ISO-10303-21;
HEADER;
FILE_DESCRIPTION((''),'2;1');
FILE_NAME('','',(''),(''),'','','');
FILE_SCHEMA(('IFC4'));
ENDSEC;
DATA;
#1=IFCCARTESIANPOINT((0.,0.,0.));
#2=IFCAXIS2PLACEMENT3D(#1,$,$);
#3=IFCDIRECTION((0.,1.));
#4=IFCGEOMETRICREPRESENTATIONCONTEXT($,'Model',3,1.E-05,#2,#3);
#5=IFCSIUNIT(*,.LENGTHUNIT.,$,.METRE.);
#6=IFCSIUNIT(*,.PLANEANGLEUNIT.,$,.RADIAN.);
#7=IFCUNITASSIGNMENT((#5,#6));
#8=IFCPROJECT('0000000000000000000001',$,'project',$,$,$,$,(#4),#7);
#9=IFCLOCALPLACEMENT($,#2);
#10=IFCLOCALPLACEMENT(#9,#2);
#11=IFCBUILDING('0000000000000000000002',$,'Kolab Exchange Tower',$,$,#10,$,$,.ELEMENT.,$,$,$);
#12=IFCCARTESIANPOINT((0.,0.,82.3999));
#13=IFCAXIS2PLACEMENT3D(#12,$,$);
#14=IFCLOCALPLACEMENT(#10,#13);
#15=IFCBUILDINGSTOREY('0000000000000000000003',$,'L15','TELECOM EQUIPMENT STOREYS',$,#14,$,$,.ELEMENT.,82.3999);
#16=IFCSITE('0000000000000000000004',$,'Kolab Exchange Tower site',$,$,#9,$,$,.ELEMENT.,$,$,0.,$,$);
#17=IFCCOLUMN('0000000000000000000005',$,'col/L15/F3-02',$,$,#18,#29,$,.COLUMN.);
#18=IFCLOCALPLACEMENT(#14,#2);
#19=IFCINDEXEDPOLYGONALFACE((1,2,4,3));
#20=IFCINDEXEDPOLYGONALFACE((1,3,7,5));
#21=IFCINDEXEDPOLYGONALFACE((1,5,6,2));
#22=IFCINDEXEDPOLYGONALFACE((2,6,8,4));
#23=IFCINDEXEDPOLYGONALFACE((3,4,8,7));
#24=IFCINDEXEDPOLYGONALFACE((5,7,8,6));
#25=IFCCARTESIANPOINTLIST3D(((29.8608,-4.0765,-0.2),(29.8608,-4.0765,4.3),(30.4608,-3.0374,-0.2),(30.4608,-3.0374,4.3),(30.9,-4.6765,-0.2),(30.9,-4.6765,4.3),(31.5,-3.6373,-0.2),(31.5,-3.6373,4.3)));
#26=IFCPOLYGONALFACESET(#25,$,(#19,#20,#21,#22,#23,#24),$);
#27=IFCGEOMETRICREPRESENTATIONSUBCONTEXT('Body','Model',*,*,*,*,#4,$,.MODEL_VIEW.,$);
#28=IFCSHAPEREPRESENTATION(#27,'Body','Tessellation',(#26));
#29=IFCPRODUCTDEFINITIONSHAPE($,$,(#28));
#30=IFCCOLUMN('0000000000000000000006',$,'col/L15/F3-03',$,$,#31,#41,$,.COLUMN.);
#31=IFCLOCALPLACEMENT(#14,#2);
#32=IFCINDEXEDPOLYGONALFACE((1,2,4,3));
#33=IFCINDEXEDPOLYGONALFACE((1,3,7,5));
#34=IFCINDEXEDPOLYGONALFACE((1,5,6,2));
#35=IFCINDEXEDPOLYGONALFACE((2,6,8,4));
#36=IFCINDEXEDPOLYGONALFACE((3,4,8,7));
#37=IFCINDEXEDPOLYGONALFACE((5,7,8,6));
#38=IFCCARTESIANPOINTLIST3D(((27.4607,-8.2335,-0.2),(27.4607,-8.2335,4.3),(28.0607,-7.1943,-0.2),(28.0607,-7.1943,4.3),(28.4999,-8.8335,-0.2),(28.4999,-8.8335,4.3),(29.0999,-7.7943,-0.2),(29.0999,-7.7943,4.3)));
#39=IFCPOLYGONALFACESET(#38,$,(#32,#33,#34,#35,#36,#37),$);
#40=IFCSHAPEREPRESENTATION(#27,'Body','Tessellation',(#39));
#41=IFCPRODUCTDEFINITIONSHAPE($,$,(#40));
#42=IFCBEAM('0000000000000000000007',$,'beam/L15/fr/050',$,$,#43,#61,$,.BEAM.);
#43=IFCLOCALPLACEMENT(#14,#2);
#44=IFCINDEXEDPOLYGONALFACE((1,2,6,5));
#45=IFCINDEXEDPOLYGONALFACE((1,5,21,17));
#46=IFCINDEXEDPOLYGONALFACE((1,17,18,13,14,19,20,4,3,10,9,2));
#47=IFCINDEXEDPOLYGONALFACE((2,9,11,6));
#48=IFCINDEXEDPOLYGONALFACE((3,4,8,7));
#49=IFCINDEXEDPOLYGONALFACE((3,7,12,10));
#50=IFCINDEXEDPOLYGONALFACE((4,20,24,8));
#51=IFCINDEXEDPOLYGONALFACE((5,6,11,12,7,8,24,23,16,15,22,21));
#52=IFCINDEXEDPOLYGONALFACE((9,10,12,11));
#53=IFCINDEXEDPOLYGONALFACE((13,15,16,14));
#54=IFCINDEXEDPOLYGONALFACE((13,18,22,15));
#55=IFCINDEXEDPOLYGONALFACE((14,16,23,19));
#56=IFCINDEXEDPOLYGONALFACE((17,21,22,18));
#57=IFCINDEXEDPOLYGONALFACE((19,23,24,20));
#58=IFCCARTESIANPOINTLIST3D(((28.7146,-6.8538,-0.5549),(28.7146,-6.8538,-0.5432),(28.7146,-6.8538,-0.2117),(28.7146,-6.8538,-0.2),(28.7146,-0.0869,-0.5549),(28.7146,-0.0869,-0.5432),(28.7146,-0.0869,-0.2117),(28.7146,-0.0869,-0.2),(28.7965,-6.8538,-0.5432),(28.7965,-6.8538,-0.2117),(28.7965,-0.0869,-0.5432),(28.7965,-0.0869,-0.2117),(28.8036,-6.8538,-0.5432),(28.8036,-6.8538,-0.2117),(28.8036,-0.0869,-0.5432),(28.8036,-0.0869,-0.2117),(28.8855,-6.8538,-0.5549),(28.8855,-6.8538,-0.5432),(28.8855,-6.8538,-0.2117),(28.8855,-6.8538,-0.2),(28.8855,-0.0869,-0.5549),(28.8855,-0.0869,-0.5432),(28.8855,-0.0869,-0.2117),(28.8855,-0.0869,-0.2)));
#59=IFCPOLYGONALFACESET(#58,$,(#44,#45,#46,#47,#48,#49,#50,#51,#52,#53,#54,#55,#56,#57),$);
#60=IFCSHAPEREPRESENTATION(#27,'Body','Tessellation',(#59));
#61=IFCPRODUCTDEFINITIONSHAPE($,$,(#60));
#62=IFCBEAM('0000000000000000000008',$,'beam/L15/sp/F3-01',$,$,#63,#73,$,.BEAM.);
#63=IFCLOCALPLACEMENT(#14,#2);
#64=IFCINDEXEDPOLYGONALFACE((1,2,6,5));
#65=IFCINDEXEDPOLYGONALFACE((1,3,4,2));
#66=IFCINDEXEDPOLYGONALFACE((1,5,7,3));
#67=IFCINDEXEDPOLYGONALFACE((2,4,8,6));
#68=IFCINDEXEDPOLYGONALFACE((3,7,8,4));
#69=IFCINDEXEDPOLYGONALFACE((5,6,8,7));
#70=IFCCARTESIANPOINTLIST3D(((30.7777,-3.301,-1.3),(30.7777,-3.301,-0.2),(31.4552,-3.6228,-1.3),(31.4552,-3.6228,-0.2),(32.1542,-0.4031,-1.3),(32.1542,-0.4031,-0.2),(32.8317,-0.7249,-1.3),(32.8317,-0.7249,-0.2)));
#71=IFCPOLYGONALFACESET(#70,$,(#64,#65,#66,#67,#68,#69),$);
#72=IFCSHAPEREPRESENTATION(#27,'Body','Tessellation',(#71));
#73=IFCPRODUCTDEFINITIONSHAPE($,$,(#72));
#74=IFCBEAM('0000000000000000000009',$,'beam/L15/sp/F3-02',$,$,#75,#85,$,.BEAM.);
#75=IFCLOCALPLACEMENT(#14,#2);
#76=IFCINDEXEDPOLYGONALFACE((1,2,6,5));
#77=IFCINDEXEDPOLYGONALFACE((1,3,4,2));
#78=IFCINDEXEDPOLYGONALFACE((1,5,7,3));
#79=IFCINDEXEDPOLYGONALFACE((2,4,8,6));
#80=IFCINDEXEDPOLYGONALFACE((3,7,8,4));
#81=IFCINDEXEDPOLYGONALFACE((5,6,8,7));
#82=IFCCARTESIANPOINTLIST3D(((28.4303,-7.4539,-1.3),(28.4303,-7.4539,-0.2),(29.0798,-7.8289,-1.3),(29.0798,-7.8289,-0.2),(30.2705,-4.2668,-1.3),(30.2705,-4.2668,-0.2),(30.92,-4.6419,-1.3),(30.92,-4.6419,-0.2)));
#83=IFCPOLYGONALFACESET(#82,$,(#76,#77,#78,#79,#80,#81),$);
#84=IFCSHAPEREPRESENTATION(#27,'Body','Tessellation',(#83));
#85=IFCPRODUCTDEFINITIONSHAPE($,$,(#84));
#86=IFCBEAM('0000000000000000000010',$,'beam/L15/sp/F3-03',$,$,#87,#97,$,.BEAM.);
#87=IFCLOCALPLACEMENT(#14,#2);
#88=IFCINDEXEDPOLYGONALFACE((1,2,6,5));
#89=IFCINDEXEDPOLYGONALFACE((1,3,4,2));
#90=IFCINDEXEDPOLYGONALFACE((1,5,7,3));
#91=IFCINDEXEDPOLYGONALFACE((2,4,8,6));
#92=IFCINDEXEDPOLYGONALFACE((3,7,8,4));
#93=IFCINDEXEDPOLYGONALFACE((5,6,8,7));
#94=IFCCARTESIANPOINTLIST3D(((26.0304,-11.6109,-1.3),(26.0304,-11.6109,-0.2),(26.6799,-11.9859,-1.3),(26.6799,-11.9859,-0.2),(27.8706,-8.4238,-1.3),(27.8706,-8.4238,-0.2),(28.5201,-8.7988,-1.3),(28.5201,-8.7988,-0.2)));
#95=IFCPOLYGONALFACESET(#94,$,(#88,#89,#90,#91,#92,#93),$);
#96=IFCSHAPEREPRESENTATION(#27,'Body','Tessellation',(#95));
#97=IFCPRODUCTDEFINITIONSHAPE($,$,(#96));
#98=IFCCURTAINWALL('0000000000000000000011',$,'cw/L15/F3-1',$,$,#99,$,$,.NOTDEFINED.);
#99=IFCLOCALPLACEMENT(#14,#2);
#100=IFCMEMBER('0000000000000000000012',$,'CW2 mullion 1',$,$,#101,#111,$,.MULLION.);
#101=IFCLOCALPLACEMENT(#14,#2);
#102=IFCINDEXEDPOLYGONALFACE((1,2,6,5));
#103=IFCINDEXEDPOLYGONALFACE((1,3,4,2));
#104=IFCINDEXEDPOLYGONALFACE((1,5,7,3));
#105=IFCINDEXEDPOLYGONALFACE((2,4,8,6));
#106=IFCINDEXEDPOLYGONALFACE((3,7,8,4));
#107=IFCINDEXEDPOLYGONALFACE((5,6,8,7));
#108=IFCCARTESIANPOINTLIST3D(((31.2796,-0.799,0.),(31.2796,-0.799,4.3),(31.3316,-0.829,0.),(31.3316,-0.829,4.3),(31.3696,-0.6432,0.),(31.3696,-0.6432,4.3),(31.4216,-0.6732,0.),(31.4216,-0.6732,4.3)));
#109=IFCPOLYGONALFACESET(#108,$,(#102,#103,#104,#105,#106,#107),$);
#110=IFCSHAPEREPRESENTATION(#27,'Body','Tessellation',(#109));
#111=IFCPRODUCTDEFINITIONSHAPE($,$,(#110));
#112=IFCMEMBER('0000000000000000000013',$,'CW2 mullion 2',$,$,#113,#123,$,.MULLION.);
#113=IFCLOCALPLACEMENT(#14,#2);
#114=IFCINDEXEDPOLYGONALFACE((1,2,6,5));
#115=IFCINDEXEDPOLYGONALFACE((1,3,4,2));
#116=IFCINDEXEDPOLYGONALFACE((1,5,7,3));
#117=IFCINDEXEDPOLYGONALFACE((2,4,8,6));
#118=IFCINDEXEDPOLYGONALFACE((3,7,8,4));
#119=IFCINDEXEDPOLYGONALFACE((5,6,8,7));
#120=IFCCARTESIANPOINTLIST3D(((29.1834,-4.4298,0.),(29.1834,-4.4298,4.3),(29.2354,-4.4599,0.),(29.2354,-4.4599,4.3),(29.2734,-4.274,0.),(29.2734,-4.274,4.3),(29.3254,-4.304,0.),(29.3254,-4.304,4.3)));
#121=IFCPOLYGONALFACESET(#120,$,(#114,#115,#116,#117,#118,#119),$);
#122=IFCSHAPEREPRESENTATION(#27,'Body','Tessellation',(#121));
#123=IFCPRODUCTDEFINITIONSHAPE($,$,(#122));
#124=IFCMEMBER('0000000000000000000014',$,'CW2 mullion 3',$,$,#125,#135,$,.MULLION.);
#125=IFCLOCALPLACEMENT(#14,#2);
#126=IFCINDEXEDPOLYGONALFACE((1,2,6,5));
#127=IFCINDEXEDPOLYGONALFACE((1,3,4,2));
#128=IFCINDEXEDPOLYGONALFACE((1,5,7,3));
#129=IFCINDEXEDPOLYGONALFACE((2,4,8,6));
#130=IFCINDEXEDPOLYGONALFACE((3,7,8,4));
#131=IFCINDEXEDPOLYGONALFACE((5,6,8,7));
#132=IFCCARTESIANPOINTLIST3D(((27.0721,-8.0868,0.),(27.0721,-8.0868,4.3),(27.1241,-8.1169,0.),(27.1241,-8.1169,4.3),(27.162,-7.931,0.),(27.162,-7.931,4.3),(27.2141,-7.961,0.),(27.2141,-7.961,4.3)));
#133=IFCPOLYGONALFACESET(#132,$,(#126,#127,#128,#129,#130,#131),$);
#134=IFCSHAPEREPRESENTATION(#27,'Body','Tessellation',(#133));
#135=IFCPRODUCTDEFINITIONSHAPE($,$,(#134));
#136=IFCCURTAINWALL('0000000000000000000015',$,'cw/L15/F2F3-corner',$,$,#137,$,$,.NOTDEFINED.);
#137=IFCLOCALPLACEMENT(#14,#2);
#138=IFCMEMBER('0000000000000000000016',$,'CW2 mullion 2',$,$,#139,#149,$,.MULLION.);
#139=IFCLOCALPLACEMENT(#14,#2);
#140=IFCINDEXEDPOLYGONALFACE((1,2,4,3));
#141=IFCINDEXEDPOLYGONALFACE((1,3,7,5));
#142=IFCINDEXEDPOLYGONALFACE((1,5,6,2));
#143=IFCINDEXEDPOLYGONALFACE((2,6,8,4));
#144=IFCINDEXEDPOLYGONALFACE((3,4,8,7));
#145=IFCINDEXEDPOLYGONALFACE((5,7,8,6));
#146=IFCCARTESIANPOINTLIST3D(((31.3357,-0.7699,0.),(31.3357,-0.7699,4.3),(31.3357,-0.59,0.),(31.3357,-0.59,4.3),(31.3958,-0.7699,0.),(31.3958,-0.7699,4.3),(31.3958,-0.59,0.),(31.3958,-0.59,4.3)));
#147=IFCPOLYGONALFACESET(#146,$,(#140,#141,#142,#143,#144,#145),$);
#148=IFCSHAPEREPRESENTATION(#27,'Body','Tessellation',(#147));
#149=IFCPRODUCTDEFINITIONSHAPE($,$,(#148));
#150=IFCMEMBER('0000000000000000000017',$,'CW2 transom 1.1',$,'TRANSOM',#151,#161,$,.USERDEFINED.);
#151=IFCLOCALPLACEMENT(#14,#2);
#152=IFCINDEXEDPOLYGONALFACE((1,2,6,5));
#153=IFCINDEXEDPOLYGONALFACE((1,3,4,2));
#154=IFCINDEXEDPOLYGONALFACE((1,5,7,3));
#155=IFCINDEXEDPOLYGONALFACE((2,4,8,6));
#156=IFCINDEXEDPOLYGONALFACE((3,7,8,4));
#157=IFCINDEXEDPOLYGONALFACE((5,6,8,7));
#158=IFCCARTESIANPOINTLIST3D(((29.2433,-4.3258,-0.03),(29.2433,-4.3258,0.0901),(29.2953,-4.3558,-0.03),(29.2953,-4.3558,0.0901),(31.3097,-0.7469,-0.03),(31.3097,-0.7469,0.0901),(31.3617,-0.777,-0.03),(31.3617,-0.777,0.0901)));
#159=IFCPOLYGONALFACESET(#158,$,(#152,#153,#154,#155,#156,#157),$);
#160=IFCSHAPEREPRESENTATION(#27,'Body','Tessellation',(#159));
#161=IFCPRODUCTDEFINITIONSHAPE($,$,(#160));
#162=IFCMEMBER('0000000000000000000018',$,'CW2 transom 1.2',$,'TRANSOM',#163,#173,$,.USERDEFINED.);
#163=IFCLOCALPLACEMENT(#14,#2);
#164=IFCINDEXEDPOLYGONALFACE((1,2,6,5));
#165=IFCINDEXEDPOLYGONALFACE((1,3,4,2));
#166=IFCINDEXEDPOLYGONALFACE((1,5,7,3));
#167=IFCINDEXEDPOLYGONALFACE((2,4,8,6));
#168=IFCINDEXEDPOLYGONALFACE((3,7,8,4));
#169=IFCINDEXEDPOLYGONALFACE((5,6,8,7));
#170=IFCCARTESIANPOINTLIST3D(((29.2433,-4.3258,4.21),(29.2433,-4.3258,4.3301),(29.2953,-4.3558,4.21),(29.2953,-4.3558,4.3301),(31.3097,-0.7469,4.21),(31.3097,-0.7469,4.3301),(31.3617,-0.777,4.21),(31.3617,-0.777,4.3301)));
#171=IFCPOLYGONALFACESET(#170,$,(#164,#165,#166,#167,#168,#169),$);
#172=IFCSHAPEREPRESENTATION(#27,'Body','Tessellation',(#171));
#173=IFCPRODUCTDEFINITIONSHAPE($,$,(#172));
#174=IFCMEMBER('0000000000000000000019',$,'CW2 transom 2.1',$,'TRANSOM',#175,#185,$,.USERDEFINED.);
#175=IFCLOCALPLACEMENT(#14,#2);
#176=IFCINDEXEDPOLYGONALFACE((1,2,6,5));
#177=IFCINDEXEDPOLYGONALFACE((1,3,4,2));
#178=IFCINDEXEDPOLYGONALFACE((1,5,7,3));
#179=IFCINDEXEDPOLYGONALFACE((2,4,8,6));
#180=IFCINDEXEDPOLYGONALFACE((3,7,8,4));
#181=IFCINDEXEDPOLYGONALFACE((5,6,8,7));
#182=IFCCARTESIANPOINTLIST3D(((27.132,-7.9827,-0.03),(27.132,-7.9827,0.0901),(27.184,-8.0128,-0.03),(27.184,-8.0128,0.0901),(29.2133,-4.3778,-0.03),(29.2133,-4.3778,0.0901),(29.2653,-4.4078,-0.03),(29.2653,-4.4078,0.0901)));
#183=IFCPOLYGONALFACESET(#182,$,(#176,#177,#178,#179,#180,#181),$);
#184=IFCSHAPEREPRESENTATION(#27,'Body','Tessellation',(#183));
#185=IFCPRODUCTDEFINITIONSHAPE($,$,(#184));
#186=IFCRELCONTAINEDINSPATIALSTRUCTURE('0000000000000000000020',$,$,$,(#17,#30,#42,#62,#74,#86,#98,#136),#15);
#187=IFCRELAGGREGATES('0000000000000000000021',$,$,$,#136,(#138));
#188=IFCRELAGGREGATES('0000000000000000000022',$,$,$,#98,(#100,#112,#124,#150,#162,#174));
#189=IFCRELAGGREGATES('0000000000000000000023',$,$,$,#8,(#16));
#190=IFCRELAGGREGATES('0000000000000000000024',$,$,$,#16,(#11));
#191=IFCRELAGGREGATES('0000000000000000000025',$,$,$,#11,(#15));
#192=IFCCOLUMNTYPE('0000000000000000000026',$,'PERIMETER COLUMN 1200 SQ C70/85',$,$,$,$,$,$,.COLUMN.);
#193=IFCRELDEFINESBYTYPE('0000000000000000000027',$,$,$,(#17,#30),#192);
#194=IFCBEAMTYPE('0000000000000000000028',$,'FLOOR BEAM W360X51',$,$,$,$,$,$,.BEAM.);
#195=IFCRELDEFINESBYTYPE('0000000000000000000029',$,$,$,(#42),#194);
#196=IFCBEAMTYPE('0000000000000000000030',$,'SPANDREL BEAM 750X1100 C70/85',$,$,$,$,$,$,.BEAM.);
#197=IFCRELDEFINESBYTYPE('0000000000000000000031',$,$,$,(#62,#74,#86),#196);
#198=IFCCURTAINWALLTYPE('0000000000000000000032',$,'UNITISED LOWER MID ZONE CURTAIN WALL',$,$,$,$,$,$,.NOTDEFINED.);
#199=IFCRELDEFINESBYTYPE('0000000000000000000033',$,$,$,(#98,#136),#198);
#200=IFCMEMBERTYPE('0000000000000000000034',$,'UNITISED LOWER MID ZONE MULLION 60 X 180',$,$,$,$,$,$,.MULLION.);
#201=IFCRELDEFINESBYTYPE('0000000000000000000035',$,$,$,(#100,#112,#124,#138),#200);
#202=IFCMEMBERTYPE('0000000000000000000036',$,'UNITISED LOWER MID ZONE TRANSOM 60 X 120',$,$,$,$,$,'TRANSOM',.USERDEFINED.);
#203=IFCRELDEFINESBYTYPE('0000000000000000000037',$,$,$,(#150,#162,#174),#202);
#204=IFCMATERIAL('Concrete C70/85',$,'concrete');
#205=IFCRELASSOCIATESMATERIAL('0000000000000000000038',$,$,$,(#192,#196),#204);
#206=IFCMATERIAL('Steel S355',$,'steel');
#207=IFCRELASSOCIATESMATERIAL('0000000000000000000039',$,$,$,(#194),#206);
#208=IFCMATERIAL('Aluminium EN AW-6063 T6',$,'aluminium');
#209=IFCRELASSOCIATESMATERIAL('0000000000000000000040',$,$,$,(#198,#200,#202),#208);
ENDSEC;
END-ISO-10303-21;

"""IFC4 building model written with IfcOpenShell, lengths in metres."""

from ifc_helpers import new_model, si_unit, direction, frame, origin, origin_2d, place, context, subcontext, project, spatial, rectangle, i_section, extrude, material, material_profile, profile_set, type_object, element, aggregate, save


model = new_model("IFC4")

# Units and contexts
model_context = context("Model", 3, precision=1e-05, world=origin(), true_north=direction((0.0, 1.0)))
body_context = subcontext(model_context, "Body", "Model", "MODEL_VIEW")
ifc_project = project(units=[si_unit("LENGTHUNIT", "METRE"), si_unit("PLANEANGLEUNIT", "RADIAN")], contexts=[model_context])

# Site, building, storey
site_placement = place(None, origin())
site = spatial("IfcSite", under=ifc_project, at=site_placement, Name="Kolab Exchange Tower site", CompositionType="ELEMENT", RefElevation=0.0)
building_placement = place(site_placement, origin())
building = spatial("IfcBuilding", under=site, at=building_placement, Name="Kolab Exchange Tower", CompositionType="ELEMENT")
storey_placement = place(building_placement, frame((0.0, 0.0, 82.3999)))
storey = spatial("IfcBuildingStorey", under=building, at=storey_placement, Name="L15", Description="TELECOM EQUIPMENT STOREYS", CompositionType="ELEMENT", Elevation=82.3999)

# Columns
ifc_material_1 = material(Name="Concrete C70/85", Category="concrete")
ifc_material_profile_1 = material_profile(ifc_material_1, rectangle(XDim=1.2, YDim=1.2, at=origin_2d()), Name="RC1200")
ifc_profile_set_1 = profile_set([ifc_material_profile_1], Name="Concrete C70/85")
column_type = type_object("IfcColumnType", Name="PERIMETER COLUMN 1200 SQ C70/85", PredefinedType="COLUMN", material=ifc_profile_set_1)
for number, where, z_axis, x_axis, name in (
    (1, (30.6804, -3.8569, -0.2), (0.0, 0.0, 1.0), (0.5, 0.866025, 0.0), "col/L15/F3-02"),
    (2, (28.2803, -8.0139, -0.2), (0.0, 0.0, 1.0), (0.5, 0.866025, 0.0), "col/L15/F3-03"),
):
    element("IfcColumn", number, at=place(storey_placement, frame(where, z_axis=z_axis, x_axis=x_axis)), inside=storey, type_object=column_type, Name=name, PredefinedType="COLUMN", context=body_context, shape_type="SweptSolid", body=[
        extrude(rectangle(XDim=1.2, YDim=1.2, at=origin_2d()), origin(), (0.0, 0.0, 1.0), 4.5),
    ])

# Beams
ifc_material_2 = material(Name="Steel S355", Category="steel")
ifc_material_profile_2 = material_profile(ifc_material_2, i_section(OverallWidth=0.1709, OverallDepth=0.355, WebThickness=0.0071, FlangeThickness=0.0117, at=origin_2d()), Name="W360X51")
ifc_profile_set_2 = profile_set([ifc_material_profile_2], Name="Steel S355")
beam_type_1 = type_object("IfcBeamType", Name="FLOOR BEAM W360X51", PredefinedType="BEAM", material=ifc_profile_set_2)
beam_1_placement = place(storey_placement, frame((28.8, -6.8538, -0.3774), z_axis=(0.0, 1.0, 0.0), x_axis=(-1.0, 0.0, 0.0)))
element("IfcBeam", 3, at=beam_1_placement, inside=storey, type_object=beam_type_1, Name="beam/L15/fr/050", PredefinedType="BEAM", context=body_context, shape_type="SweptSolid", body=[
    extrude(i_section(OverallWidth=0.1709, OverallDepth=0.355, WebThickness=0.0071, FlangeThickness=0.0117, at=origin_2d()), origin(), (0.0, 0.0, 1.0), 6.7668),
])
ifc_material_profile_3 = material_profile(ifc_material_1, rectangle(XDim=0.75, YDim=1.1001, at=origin_2d()), Name="RC750X1100")
ifc_profile_set_3 = profile_set([ifc_material_profile_3], Name="Concrete C70/85")
beam_type_2 = type_object("IfcBeamType", Name="SPANDREL BEAM 750X1100 C70/85", PredefinedType="BEAM", material=ifc_profile_set_3)
beam_2_placement = place(storey_placement, frame((32.4929, -0.564, -0.75), z_axis=(-0.429041, -0.903285, 0.0), x_axis=(0.903285, -0.429041, 0.0)))
element("IfcBeam", 4, at=beam_2_placement, inside=storey, type_object=beam_type_2, Name="beam/L15/sp/F3-01", PredefinedType="BEAM", context=body_context, shape_type="SweptSolid", body=[
    extrude(rectangle(XDim=0.75, YDim=1.1001, at=origin_2d()), origin(), (0.0, 0.0, 1.0), 3.2083),
])
for number, where, z_axis, x_axis, name in (
    (5, (30.5952, -4.4543, -0.75), (-0.500013, -0.866018, 0.0), (0.866018, -0.500013, 0.0), "beam/L15/sp/F3-02"),
    (6, (28.1953, -8.6113, -0.75), (-0.500013, -0.866018, 0.0), (0.866018, -0.500013, 0.0), "beam/L15/sp/F3-03"),
):
    element("IfcBeam", number, at=place(storey_placement, frame(where, z_axis=z_axis, x_axis=x_axis)), inside=storey, type_object=beam_type_2, Name=name, PredefinedType="BEAM", context=body_context, shape_type="SweptSolid", body=[
        extrude(rectangle(XDim=0.75, YDim=1.1001, at=origin_2d()), origin(), (0.0, 0.0, 1.0), 3.6802),
    ])

# Curtain wall, members
ifc_material_3 = material(Name="Aluminium EN AW-6063 T6", Category="aluminium")
curtain_wall_type = type_object("IfcCurtainWallType", Name="UNITISED LOWER MID ZONE CURTAIN WALL", PredefinedType="NOTDEFINED", material=ifc_material_3)
curtain_wall_1_placement = place(storey_placement, origin())
curtain_wall_1 = element("IfcCurtainWall", 7, at=curtain_wall_1_placement, inside=storey, type_object=curtain_wall_type, Name="cw/L15/F3-1", PredefinedType="NOTDEFINED")
ifc_material_profile_4 = material_profile(ifc_material_3, rectangle(XDim=0.0601, YDim=0.1799, at=origin_2d()), Name="RECT 60X180")
ifc_profile_set_4 = profile_set([ifc_material_profile_4], Name="Aluminium EN AW-6063 T6")
member_type_1 = type_object("IfcMemberType", Name="UNITISED LOWER MID ZONE MULLION 60 X 180", PredefinedType="MULLION", material=ifc_profile_set_4)
member_1_placement = place(storey_placement, frame((31.3506, -0.7361, 0.0), z_axis=(0.0, 0.0, 1.0), x_axis=(0.866025, -0.5, 0.0)))
member_1 = element("IfcMember", 8, at=member_1_placement, type_object=member_type_1, Name="CW2 mullion 1", PredefinedType="MULLION", context=body_context, shape_type="SweptSolid", body=[
    extrude(rectangle(XDim=0.0601, YDim=0.1799, at=origin_2d()), origin(), (0.0, 0.0, 1.0), 4.3),
])
member_2_placement = place(storey_placement, frame((29.2544, -4.3669, 0.0), z_axis=(0.0, 0.0, 1.0), x_axis=(0.866025, -0.5, 0.0)))
member_2 = element("IfcMember", 9, at=member_2_placement, type_object=member_type_1, Name="CW2 mullion 2", PredefinedType="MULLION", context=body_context, shape_type="SweptSolid", body=[
    extrude(rectangle(XDim=0.0601, YDim=0.1799, at=origin_2d()), origin(), (0.0, 0.0, 1.0), 4.3),
])
member_3_placement = place(storey_placement, frame((27.1431, -8.0239, 0.0), z_axis=(0.0, 0.0, 1.0), x_axis=(0.866025, -0.5, 0.0)))
member_3 = element("IfcMember", 10, at=member_3_placement, type_object=member_type_1, Name="CW2 mullion 3", PredefinedType="MULLION", context=body_context, shape_type="SweptSolid", body=[
    extrude(rectangle(XDim=0.0601, YDim=0.1799, at=origin_2d()), origin(), (0.0, 0.0, 1.0), 4.3),
])

# Curtain wall, member
curtain_wall_2_placement = place(storey_placement, origin())
curtain_wall_2 = element("IfcCurtainWall", 11, at=curtain_wall_2_placement, inside=storey, type_object=curtain_wall_type, Name="cw/L15/F2F3-corner", PredefinedType="NOTDEFINED")
member_4_placement = place(storey_placement, frame((31.3657, -0.6799, 0.0), z_axis=(0.0, 0.0, 1.0), x_axis=(1.0, 0.0, 0.0)))
member_4 = element("IfcMember", 12, at=member_4_placement, type_object=member_type_1, Name="CW2 mullion 2", PredefinedType="MULLION", context=body_context, shape_type="SweptSolid", body=[
    extrude(rectangle(XDim=0.0601, YDim=0.1799, at=origin_2d()), origin(), (0.0, 0.0, 1.0), 4.3),
])
aggregate(curtain_wall_2, [member_4])

# Members
ifc_material_profile_5 = material_profile(ifc_material_3, rectangle(XDim=0.0601, YDim=0.1201, at=origin_2d()), Name="RECT 60X120")
ifc_profile_set_5 = profile_set([ifc_material_profile_5], Name="Aluminium EN AW-6063 T6")
member_type_2 = type_object("IfcMemberType", Name="UNITISED LOWER MID ZONE TRANSOM 60 X 120", ElementType="TRANSOM", PredefinedType="USERDEFINED", material=ifc_profile_set_5)
member_5_placement = place(storey_placement, frame((31.3357, -0.762, 0.03), z_axis=(-0.500028, -0.866009, 0.0), x_axis=(0.866009, -0.500028, 0.0)))
member_5 = element("IfcMember", 13, at=member_5_placement, type_object=member_type_2, Name="CW2 transom 1.1", ObjectType="TRANSOM", PredefinedType="USERDEFINED", context=body_context, shape_type="SweptSolid", body=[
    extrude(rectangle(XDim=0.0601, YDim=0.1201, at=origin_2d()), origin(), (0.0, 0.0, 1.0), 4.1326),
])
member_6_placement = place(storey_placement, frame((31.3357, -0.762, 4.27), z_axis=(-0.500028, -0.866009, 0.0), x_axis=(0.866009, -0.500028, 0.0)))
member_6 = element("IfcMember", 14, at=member_6_placement, type_object=member_type_2, Name="CW2 transom 1.2", ObjectType="TRANSOM", PredefinedType="USERDEFINED", context=body_context, shape_type="SweptSolid", body=[
    extrude(rectangle(XDim=0.0601, YDim=0.1201, at=origin_2d()), origin(), (0.0, 0.0, 1.0), 4.1326),
])
member_7_placement = place(storey_placement, frame((29.2393, -4.3928, 0.03), z_axis=(-0.499993, -0.866029, 0.0), x_axis=(0.866029, -0.499993, 0.0)))
member_7 = element("IfcMember", 15, at=member_7_placement, type_object=member_type_2, Name="CW2 transom 2.1", ObjectType="TRANSOM", PredefinedType="USERDEFINED", context=body_context, shape_type="SweptSolid", body=[
    extrude(rectangle(XDim=0.0601, YDim=0.1201, at=origin_2d()), origin(), (0.0, 0.0, 1.0), 4.1626),
])

aggregate(curtain_wall_1, [member_1, member_2, member_3, member_5, member_6, member_7])

save(model, "model.ifc")
